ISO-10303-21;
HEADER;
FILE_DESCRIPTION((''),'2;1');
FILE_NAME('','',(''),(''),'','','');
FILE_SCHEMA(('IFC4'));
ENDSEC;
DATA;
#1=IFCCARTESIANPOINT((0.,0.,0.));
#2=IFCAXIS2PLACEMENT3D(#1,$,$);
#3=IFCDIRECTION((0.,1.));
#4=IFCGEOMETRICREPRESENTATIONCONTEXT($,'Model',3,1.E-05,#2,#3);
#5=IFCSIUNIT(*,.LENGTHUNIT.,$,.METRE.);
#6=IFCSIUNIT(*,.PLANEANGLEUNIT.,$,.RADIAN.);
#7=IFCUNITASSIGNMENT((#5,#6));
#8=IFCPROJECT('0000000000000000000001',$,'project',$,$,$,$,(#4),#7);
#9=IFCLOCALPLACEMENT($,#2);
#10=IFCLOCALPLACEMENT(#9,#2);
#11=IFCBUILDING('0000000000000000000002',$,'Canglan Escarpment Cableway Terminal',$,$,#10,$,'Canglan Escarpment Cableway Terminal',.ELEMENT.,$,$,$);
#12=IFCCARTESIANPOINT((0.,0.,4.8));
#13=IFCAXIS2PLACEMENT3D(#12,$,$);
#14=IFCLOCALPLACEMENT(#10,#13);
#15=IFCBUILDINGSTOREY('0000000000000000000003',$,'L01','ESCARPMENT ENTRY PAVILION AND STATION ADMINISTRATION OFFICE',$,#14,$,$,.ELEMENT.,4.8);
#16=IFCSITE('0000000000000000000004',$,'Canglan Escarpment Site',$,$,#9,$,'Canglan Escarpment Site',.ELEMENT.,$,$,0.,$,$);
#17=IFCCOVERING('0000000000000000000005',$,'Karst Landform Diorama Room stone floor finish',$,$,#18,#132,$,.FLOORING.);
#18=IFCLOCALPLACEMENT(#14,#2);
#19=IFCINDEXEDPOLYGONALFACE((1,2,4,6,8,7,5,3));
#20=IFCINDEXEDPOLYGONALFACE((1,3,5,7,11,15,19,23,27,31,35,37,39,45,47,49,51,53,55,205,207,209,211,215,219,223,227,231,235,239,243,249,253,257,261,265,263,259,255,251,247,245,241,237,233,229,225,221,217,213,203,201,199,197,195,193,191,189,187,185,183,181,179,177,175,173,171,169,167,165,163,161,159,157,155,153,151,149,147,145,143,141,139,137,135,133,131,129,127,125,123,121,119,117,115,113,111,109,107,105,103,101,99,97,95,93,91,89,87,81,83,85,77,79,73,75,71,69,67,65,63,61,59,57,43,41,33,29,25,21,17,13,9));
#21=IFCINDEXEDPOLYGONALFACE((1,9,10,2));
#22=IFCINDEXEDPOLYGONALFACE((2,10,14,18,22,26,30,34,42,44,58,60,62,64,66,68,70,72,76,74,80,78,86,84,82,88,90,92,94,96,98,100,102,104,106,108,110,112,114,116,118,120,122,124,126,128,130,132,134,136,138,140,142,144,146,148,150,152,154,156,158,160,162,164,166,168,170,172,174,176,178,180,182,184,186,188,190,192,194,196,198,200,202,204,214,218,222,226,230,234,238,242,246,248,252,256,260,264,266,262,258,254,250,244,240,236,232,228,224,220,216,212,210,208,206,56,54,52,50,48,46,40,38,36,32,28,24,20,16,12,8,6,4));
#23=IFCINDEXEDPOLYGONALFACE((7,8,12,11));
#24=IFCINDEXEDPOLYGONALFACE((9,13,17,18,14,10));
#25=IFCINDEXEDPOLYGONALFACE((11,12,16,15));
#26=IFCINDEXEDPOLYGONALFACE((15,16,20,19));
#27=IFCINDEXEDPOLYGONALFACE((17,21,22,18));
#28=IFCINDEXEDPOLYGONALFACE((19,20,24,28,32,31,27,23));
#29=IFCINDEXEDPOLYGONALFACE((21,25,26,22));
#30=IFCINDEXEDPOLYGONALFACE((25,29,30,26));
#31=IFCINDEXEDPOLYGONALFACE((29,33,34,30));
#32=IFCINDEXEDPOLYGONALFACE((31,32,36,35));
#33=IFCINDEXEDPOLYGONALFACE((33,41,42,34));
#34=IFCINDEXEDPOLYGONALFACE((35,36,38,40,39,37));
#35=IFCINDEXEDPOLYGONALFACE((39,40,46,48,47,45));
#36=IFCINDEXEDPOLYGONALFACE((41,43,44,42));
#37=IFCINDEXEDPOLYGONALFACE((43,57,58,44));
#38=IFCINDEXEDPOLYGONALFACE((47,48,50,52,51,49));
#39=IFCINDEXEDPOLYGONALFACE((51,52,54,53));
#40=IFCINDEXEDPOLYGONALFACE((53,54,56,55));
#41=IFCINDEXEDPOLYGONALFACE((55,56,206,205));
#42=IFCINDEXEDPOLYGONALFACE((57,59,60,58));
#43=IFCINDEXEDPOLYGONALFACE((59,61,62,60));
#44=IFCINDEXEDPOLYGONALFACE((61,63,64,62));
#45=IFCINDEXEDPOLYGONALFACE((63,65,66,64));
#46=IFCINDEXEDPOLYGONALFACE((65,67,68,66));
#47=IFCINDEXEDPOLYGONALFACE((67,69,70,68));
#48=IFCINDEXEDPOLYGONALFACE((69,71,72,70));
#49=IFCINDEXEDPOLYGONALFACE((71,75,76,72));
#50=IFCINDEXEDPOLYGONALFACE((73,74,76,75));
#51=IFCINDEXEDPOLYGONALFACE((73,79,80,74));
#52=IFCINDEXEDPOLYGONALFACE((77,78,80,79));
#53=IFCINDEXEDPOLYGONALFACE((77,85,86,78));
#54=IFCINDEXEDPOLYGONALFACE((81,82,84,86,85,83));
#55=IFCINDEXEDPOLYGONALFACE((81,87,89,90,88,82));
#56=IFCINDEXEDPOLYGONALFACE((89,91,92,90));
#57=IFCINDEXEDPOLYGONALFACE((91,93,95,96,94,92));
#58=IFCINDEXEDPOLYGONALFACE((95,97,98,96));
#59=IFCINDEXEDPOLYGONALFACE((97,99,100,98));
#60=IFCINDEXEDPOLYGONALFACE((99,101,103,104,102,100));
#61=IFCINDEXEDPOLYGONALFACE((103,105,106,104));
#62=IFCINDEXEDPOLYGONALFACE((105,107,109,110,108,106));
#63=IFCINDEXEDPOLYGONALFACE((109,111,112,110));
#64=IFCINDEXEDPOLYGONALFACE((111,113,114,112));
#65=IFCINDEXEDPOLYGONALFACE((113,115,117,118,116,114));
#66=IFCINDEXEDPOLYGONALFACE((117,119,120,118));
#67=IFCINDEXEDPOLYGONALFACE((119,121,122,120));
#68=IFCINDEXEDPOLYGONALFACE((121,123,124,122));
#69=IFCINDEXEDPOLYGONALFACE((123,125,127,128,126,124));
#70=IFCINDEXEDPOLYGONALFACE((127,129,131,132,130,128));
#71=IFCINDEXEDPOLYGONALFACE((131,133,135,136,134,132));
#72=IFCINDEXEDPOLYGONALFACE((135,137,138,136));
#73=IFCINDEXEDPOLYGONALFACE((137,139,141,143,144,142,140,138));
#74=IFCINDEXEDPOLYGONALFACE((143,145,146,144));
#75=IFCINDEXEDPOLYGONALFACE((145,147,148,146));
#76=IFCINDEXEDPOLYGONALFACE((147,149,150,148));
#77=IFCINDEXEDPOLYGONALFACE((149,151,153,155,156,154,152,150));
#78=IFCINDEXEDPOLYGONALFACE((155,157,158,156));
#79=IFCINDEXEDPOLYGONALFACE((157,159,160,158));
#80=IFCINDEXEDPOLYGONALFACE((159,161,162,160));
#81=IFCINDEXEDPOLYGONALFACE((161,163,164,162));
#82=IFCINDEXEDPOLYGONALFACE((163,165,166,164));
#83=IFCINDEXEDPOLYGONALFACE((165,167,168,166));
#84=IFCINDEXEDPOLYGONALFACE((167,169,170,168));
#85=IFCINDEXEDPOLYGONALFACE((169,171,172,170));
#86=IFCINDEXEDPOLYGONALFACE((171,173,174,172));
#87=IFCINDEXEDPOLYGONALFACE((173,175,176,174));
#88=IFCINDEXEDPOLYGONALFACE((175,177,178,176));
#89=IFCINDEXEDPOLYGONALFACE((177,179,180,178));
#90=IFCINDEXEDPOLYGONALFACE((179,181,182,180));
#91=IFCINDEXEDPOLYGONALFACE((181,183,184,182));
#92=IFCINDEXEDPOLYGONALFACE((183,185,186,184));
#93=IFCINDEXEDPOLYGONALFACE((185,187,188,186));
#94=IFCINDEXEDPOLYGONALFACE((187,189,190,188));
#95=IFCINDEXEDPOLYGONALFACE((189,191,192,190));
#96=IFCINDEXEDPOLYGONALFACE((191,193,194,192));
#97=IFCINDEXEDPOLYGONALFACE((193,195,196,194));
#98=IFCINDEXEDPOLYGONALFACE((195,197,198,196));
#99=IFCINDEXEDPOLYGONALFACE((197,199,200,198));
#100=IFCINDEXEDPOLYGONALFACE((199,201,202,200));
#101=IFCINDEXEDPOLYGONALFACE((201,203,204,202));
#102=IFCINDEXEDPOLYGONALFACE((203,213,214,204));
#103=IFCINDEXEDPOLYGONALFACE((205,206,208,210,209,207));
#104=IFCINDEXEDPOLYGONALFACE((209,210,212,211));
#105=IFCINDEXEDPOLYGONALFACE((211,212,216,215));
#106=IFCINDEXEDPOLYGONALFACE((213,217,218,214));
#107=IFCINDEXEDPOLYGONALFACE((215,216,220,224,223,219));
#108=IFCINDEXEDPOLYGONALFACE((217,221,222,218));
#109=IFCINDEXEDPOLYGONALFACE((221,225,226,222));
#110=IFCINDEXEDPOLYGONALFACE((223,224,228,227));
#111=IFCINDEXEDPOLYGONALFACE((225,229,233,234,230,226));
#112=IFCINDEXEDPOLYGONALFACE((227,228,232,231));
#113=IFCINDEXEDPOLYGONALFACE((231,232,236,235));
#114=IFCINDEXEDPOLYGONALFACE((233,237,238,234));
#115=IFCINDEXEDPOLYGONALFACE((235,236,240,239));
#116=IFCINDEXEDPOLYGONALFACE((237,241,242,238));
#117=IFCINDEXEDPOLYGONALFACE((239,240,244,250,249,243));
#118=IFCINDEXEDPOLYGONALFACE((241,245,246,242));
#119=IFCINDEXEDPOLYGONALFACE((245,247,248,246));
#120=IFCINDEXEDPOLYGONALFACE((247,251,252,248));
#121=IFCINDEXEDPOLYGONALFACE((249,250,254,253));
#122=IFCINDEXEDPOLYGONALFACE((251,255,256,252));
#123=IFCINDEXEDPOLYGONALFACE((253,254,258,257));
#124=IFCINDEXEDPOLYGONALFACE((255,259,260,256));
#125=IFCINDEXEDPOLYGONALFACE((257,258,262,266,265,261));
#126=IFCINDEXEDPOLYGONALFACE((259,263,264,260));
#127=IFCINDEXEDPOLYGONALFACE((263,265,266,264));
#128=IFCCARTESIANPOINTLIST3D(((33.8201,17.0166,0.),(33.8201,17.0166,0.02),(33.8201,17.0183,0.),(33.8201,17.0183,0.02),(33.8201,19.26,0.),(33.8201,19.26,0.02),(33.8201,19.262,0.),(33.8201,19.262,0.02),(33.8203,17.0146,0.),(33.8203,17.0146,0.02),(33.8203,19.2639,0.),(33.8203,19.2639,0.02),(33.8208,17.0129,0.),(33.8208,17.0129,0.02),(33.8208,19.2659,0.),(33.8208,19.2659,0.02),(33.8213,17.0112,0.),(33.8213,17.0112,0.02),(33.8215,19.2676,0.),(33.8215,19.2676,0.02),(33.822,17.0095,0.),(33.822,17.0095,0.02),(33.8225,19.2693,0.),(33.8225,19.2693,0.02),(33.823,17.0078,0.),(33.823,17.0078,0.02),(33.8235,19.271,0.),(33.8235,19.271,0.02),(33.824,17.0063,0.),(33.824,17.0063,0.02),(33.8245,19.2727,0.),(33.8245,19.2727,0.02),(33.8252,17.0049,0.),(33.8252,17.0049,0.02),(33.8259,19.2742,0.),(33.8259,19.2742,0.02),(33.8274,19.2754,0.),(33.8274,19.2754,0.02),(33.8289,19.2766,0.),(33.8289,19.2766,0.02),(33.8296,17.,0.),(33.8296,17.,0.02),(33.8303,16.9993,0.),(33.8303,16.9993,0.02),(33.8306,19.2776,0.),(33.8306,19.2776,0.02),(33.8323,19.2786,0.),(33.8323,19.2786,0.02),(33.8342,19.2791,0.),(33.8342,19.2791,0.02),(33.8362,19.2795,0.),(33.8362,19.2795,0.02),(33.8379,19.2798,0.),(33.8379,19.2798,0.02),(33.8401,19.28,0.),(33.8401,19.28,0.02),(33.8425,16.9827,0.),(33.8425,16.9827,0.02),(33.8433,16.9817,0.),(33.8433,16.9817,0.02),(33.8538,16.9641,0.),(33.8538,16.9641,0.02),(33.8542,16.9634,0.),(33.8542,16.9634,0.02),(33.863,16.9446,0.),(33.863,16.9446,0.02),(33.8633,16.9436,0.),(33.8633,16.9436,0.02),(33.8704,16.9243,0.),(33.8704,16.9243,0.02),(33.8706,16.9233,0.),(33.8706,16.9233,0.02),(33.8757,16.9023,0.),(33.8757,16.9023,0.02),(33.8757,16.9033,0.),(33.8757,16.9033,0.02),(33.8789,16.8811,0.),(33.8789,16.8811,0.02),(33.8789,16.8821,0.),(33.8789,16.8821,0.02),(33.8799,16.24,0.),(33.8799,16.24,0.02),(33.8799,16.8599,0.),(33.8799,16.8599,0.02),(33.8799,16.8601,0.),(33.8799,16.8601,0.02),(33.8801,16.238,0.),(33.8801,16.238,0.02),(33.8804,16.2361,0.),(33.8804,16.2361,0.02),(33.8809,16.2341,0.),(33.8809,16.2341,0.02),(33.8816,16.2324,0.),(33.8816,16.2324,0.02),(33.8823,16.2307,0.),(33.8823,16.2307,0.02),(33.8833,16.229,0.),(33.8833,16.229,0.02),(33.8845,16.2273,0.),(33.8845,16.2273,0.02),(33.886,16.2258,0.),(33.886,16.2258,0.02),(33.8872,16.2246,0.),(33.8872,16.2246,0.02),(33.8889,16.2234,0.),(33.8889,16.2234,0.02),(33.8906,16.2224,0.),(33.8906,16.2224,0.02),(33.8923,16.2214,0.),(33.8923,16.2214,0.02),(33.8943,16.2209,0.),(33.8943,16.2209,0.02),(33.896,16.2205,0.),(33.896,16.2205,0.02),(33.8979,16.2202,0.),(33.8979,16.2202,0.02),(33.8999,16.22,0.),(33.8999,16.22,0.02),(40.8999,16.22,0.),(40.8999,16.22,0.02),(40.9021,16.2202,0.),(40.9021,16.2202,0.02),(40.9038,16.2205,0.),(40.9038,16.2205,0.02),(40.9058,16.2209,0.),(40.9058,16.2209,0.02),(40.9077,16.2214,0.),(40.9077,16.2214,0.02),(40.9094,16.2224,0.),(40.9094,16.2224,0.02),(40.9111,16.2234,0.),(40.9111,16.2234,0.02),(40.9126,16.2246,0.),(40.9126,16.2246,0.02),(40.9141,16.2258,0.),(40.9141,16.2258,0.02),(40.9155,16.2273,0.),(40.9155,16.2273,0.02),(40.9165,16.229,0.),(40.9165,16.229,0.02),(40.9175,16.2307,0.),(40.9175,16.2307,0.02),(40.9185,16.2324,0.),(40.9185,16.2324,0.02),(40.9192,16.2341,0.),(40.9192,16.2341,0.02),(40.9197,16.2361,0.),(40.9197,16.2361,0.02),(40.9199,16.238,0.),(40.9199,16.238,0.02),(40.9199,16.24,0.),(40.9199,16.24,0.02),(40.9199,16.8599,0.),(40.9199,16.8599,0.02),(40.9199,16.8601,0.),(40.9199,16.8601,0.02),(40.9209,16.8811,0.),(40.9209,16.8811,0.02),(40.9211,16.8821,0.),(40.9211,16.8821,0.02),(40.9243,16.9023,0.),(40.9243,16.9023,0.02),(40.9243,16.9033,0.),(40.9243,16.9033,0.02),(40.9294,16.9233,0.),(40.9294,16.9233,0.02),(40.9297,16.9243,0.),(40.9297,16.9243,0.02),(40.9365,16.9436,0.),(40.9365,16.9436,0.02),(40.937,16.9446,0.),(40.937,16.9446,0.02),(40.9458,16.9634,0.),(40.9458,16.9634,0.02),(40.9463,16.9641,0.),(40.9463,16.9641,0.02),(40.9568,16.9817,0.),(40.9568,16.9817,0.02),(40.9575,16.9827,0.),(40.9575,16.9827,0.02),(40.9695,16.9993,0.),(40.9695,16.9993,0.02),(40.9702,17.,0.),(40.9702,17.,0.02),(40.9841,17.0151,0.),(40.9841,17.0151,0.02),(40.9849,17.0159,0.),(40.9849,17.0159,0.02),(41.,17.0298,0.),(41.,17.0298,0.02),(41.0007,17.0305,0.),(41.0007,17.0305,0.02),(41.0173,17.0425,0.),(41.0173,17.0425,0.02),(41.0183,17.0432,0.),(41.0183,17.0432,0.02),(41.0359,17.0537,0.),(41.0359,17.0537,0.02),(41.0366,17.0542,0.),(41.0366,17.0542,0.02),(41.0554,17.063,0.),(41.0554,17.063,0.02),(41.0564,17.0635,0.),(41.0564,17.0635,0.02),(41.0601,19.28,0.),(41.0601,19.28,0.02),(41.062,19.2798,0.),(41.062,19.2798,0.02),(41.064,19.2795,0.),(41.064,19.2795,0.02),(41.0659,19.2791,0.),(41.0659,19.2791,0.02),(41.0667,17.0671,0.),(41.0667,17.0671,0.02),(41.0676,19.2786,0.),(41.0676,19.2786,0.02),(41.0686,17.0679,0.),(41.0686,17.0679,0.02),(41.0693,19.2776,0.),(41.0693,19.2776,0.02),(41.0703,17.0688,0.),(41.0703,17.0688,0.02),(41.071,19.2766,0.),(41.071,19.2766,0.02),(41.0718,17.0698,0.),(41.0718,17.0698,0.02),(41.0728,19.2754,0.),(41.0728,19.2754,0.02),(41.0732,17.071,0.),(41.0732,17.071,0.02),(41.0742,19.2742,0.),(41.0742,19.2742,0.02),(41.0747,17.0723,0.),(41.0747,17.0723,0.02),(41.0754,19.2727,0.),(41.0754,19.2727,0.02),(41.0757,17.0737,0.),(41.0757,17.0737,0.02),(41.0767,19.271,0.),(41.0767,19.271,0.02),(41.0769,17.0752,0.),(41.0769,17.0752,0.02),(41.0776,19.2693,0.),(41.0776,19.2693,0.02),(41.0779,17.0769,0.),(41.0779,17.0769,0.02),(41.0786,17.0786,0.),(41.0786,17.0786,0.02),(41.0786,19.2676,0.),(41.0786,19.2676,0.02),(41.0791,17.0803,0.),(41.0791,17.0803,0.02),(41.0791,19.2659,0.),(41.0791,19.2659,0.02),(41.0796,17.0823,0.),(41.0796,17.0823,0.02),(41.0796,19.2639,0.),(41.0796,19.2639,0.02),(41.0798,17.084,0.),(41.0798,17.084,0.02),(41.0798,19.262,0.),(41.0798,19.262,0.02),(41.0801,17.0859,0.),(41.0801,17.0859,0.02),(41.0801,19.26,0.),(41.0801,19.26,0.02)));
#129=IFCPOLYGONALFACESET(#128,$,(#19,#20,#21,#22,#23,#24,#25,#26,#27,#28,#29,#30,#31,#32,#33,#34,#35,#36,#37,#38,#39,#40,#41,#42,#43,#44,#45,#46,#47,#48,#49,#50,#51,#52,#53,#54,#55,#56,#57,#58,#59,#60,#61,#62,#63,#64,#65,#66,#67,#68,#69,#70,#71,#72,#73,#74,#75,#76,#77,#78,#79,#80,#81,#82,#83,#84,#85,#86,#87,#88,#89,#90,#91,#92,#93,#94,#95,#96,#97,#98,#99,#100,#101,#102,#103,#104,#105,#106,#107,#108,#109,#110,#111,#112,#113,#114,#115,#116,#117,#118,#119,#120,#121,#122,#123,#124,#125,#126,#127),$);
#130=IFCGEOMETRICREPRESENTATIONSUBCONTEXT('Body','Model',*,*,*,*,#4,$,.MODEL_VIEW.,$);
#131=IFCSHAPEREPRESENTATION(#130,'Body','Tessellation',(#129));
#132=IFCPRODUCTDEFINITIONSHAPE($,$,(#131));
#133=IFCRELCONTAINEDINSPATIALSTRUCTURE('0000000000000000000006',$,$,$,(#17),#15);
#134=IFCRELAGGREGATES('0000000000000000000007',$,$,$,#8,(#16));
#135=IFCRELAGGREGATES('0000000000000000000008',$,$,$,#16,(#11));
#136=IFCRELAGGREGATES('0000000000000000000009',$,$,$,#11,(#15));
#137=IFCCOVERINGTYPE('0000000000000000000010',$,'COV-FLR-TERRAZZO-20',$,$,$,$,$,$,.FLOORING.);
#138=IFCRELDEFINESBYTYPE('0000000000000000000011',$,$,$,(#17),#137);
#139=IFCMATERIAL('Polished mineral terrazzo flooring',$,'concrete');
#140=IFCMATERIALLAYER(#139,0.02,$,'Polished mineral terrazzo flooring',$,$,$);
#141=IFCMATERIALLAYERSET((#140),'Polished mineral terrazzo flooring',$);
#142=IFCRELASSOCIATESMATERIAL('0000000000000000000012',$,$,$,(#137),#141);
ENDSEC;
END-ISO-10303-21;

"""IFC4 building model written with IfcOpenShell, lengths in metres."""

from ifc_helpers import new_model, si_unit, direction, frame, origin, place, context, subcontext, project, spatial, polyline, outline, extrude, material, layer, layer_set, type_object, element, save


model = new_model("IFC4")

# Units and contexts
model_context = context("Model", 3, precision=1e-05, world=origin(), true_north=direction((0.0, 1.0)))
body_context = subcontext(model_context, "Body", "Model", "MODEL_VIEW")
ifc_project = project(units=[si_unit("LENGTHUNIT", "METRE"), si_unit("PLANEANGLEUNIT", "RADIAN")], contexts=[model_context])

# Site, building, storey
site_placement = place(None, origin())
site = spatial("IfcSite", under=ifc_project, at=site_placement, Name="Canglan Escarpment Site", LongName="Canglan Escarpment Site", CompositionType="ELEMENT", RefElevation=0.0)
building_placement = place(site_placement, origin())
building = spatial("IfcBuilding", under=site, at=building_placement, Name="Canglan Escarpment Cableway Terminal", LongName="Canglan Escarpment Cableway Terminal", CompositionType="ELEMENT")
storey_placement = place(building_placement, frame((0.0, 0.0, 4.8)))
storey = spatial("IfcBuildingStorey", under=building, at=storey_placement, Name="L01", Description="ESCARPMENT ENTRY PAVILION AND STATION ADMINISTRATION OFFICE", CompositionType="ELEMENT", Elevation=4.8)

# Covering
ifc_material_1 = material(Name="Polished mineral terrazzo flooring", Category="concrete")
ifc_layer_1 = layer(ifc_material_1, 0.02, Name="Polished mineral terrazzo flooring")
ifc_layer_set_1 = layer_set([ifc_layer_1], Name="Polished mineral terrazzo flooring")
covering_type_1 = type_object("IfcCoveringType", Name="COV-FLR-TERRAZZO-20", PredefinedType="FLOORING", material=ifc_layer_set_1)
covering_1_placement = place(storey_placement, origin())
element("IfcCovering", 1, at=covering_1_placement, inside=storey, type_object=covering_type_1, Name="Karst Landform Diorama Room stone floor finish", PredefinedType="FLOORING", context=body_context, shape_type="SweptSolid", body=[
    extrude(outline(polyline([(33.8252, 17.0049), (33.824, 17.0063), (33.823, 17.0078), (33.822, 17.0095), (33.8213, 17.0112), (33.8208, 17.0129), (33.8203, 17.0146), (33.8201, 17.0166), (33.8201, 17.0183), (33.8201, 19.26), (33.8201, 19.262), (33.8203, 19.2639), (33.8208, 19.2659), (33.8215, 19.2676), (33.8225, 19.2693), (33.8235, 19.271), (33.8245, 19.2727), (33.8259, 19.2742), (33.8274, 19.2754), (33.8289, 19.2766), (33.8306, 19.2776), (33.8323, 19.2786), (33.8342, 19.2791), (33.8362, 19.2795), (33.8379, 19.2798), (33.8401, 19.28), (41.0601, 19.28), (41.062, 19.2798), (41.064, 19.2795), (41.0659, 19.2791), (41.0676, 19.2786), (41.0693, 19.2776), (41.071, 19.2766), (41.0728, 19.2754), (41.0742, 19.2742), (41.0754, 19.2727), (41.0767, 19.271), (41.0776, 19.2693), (41.0786, 19.2676), (41.0791, 19.2659), (41.0796, 19.2639), (41.0798, 19.262), (41.0801, 19.26), (41.0801, 17.0859), (41.0798, 17.084), (41.0796, 17.0823), (41.0791, 17.0803), (41.0786, 17.0786), (41.0779, 17.0769), (41.0769, 17.0752), (41.0757, 17.0737), (41.0747, 17.0723), (41.0732, 17.071), (41.0718, 17.0698), (41.0703, 17.0688), (41.0686, 17.0679), (41.0667, 17.0671), (41.0564, 17.0635), (41.0554, 17.063), (41.0366, 17.0542), (41.0359, 17.0537), (41.0183, 17.0432), (41.0173, 17.0425), (41.0007, 17.0305), (41.0, 17.0298), (40.9849, 17.0159), (40.9841, 17.0151), (40.9702, 17.0), (40.9695, 16.9993), (40.9575, 16.9827), (40.9568, 16.9817), (40.9463, 16.9641), (40.9458, 16.9634), (40.937, 16.9446), (40.9365, 16.9436), (40.9297, 16.9243), (40.9294, 16.9233), (40.9243, 16.9033), (40.9243, 16.9023), (40.9211, 16.8821), (40.9209, 16.8811), (40.9199, 16.8601), (40.9199, 16.8599), (40.9199, 16.24), (40.9199, 16.238), (40.9197, 16.2361), (40.9192, 16.2341), (40.9185, 16.2324), (40.9175, 16.2307), (40.9165, 16.229), (40.9155, 16.2273), (40.9141, 16.2258), (40.9126, 16.2246), (40.9111, 16.2234), (40.9094, 16.2224), (40.9077, 16.2214), (40.9058, 16.2209), (40.9038, 16.2205), (40.9021, 16.2202), (40.8999, 16.22), (33.8999, 16.22), (33.8979, 16.2202), (33.896, 16.2205), (33.8943, 16.2209), (33.8923, 16.2214), (33.8906, 16.2224), (33.8889, 16.2234), (33.8872, 16.2246), (33.886, 16.2258), (33.8845, 16.2273), (33.8833, 16.229), (33.8823, 16.2307), (33.8816, 16.2324), (33.8809, 16.2341), (33.8804, 16.2361), (33.8801, 16.238), (33.8799, 16.24), (33.8799, 16.8599), (33.8799, 16.8601), (33.8789, 16.8811), (33.8789, 16.8821), (33.8757, 16.9023), (33.8757, 16.9033), (33.8706, 16.9233), (33.8704, 16.9243), (33.8633, 16.9436), (33.863, 16.9446), (33.8542, 16.9634), (33.8538, 16.9641), (33.8433, 16.9817), (33.8425, 16.9827), (33.8303, 16.9993), (33.8296, 17.0), (33.8252, 17.0049)])), origin(), (0.0, 0.0, 1.0), 0.02),
])

save(model, "model.ifc")
